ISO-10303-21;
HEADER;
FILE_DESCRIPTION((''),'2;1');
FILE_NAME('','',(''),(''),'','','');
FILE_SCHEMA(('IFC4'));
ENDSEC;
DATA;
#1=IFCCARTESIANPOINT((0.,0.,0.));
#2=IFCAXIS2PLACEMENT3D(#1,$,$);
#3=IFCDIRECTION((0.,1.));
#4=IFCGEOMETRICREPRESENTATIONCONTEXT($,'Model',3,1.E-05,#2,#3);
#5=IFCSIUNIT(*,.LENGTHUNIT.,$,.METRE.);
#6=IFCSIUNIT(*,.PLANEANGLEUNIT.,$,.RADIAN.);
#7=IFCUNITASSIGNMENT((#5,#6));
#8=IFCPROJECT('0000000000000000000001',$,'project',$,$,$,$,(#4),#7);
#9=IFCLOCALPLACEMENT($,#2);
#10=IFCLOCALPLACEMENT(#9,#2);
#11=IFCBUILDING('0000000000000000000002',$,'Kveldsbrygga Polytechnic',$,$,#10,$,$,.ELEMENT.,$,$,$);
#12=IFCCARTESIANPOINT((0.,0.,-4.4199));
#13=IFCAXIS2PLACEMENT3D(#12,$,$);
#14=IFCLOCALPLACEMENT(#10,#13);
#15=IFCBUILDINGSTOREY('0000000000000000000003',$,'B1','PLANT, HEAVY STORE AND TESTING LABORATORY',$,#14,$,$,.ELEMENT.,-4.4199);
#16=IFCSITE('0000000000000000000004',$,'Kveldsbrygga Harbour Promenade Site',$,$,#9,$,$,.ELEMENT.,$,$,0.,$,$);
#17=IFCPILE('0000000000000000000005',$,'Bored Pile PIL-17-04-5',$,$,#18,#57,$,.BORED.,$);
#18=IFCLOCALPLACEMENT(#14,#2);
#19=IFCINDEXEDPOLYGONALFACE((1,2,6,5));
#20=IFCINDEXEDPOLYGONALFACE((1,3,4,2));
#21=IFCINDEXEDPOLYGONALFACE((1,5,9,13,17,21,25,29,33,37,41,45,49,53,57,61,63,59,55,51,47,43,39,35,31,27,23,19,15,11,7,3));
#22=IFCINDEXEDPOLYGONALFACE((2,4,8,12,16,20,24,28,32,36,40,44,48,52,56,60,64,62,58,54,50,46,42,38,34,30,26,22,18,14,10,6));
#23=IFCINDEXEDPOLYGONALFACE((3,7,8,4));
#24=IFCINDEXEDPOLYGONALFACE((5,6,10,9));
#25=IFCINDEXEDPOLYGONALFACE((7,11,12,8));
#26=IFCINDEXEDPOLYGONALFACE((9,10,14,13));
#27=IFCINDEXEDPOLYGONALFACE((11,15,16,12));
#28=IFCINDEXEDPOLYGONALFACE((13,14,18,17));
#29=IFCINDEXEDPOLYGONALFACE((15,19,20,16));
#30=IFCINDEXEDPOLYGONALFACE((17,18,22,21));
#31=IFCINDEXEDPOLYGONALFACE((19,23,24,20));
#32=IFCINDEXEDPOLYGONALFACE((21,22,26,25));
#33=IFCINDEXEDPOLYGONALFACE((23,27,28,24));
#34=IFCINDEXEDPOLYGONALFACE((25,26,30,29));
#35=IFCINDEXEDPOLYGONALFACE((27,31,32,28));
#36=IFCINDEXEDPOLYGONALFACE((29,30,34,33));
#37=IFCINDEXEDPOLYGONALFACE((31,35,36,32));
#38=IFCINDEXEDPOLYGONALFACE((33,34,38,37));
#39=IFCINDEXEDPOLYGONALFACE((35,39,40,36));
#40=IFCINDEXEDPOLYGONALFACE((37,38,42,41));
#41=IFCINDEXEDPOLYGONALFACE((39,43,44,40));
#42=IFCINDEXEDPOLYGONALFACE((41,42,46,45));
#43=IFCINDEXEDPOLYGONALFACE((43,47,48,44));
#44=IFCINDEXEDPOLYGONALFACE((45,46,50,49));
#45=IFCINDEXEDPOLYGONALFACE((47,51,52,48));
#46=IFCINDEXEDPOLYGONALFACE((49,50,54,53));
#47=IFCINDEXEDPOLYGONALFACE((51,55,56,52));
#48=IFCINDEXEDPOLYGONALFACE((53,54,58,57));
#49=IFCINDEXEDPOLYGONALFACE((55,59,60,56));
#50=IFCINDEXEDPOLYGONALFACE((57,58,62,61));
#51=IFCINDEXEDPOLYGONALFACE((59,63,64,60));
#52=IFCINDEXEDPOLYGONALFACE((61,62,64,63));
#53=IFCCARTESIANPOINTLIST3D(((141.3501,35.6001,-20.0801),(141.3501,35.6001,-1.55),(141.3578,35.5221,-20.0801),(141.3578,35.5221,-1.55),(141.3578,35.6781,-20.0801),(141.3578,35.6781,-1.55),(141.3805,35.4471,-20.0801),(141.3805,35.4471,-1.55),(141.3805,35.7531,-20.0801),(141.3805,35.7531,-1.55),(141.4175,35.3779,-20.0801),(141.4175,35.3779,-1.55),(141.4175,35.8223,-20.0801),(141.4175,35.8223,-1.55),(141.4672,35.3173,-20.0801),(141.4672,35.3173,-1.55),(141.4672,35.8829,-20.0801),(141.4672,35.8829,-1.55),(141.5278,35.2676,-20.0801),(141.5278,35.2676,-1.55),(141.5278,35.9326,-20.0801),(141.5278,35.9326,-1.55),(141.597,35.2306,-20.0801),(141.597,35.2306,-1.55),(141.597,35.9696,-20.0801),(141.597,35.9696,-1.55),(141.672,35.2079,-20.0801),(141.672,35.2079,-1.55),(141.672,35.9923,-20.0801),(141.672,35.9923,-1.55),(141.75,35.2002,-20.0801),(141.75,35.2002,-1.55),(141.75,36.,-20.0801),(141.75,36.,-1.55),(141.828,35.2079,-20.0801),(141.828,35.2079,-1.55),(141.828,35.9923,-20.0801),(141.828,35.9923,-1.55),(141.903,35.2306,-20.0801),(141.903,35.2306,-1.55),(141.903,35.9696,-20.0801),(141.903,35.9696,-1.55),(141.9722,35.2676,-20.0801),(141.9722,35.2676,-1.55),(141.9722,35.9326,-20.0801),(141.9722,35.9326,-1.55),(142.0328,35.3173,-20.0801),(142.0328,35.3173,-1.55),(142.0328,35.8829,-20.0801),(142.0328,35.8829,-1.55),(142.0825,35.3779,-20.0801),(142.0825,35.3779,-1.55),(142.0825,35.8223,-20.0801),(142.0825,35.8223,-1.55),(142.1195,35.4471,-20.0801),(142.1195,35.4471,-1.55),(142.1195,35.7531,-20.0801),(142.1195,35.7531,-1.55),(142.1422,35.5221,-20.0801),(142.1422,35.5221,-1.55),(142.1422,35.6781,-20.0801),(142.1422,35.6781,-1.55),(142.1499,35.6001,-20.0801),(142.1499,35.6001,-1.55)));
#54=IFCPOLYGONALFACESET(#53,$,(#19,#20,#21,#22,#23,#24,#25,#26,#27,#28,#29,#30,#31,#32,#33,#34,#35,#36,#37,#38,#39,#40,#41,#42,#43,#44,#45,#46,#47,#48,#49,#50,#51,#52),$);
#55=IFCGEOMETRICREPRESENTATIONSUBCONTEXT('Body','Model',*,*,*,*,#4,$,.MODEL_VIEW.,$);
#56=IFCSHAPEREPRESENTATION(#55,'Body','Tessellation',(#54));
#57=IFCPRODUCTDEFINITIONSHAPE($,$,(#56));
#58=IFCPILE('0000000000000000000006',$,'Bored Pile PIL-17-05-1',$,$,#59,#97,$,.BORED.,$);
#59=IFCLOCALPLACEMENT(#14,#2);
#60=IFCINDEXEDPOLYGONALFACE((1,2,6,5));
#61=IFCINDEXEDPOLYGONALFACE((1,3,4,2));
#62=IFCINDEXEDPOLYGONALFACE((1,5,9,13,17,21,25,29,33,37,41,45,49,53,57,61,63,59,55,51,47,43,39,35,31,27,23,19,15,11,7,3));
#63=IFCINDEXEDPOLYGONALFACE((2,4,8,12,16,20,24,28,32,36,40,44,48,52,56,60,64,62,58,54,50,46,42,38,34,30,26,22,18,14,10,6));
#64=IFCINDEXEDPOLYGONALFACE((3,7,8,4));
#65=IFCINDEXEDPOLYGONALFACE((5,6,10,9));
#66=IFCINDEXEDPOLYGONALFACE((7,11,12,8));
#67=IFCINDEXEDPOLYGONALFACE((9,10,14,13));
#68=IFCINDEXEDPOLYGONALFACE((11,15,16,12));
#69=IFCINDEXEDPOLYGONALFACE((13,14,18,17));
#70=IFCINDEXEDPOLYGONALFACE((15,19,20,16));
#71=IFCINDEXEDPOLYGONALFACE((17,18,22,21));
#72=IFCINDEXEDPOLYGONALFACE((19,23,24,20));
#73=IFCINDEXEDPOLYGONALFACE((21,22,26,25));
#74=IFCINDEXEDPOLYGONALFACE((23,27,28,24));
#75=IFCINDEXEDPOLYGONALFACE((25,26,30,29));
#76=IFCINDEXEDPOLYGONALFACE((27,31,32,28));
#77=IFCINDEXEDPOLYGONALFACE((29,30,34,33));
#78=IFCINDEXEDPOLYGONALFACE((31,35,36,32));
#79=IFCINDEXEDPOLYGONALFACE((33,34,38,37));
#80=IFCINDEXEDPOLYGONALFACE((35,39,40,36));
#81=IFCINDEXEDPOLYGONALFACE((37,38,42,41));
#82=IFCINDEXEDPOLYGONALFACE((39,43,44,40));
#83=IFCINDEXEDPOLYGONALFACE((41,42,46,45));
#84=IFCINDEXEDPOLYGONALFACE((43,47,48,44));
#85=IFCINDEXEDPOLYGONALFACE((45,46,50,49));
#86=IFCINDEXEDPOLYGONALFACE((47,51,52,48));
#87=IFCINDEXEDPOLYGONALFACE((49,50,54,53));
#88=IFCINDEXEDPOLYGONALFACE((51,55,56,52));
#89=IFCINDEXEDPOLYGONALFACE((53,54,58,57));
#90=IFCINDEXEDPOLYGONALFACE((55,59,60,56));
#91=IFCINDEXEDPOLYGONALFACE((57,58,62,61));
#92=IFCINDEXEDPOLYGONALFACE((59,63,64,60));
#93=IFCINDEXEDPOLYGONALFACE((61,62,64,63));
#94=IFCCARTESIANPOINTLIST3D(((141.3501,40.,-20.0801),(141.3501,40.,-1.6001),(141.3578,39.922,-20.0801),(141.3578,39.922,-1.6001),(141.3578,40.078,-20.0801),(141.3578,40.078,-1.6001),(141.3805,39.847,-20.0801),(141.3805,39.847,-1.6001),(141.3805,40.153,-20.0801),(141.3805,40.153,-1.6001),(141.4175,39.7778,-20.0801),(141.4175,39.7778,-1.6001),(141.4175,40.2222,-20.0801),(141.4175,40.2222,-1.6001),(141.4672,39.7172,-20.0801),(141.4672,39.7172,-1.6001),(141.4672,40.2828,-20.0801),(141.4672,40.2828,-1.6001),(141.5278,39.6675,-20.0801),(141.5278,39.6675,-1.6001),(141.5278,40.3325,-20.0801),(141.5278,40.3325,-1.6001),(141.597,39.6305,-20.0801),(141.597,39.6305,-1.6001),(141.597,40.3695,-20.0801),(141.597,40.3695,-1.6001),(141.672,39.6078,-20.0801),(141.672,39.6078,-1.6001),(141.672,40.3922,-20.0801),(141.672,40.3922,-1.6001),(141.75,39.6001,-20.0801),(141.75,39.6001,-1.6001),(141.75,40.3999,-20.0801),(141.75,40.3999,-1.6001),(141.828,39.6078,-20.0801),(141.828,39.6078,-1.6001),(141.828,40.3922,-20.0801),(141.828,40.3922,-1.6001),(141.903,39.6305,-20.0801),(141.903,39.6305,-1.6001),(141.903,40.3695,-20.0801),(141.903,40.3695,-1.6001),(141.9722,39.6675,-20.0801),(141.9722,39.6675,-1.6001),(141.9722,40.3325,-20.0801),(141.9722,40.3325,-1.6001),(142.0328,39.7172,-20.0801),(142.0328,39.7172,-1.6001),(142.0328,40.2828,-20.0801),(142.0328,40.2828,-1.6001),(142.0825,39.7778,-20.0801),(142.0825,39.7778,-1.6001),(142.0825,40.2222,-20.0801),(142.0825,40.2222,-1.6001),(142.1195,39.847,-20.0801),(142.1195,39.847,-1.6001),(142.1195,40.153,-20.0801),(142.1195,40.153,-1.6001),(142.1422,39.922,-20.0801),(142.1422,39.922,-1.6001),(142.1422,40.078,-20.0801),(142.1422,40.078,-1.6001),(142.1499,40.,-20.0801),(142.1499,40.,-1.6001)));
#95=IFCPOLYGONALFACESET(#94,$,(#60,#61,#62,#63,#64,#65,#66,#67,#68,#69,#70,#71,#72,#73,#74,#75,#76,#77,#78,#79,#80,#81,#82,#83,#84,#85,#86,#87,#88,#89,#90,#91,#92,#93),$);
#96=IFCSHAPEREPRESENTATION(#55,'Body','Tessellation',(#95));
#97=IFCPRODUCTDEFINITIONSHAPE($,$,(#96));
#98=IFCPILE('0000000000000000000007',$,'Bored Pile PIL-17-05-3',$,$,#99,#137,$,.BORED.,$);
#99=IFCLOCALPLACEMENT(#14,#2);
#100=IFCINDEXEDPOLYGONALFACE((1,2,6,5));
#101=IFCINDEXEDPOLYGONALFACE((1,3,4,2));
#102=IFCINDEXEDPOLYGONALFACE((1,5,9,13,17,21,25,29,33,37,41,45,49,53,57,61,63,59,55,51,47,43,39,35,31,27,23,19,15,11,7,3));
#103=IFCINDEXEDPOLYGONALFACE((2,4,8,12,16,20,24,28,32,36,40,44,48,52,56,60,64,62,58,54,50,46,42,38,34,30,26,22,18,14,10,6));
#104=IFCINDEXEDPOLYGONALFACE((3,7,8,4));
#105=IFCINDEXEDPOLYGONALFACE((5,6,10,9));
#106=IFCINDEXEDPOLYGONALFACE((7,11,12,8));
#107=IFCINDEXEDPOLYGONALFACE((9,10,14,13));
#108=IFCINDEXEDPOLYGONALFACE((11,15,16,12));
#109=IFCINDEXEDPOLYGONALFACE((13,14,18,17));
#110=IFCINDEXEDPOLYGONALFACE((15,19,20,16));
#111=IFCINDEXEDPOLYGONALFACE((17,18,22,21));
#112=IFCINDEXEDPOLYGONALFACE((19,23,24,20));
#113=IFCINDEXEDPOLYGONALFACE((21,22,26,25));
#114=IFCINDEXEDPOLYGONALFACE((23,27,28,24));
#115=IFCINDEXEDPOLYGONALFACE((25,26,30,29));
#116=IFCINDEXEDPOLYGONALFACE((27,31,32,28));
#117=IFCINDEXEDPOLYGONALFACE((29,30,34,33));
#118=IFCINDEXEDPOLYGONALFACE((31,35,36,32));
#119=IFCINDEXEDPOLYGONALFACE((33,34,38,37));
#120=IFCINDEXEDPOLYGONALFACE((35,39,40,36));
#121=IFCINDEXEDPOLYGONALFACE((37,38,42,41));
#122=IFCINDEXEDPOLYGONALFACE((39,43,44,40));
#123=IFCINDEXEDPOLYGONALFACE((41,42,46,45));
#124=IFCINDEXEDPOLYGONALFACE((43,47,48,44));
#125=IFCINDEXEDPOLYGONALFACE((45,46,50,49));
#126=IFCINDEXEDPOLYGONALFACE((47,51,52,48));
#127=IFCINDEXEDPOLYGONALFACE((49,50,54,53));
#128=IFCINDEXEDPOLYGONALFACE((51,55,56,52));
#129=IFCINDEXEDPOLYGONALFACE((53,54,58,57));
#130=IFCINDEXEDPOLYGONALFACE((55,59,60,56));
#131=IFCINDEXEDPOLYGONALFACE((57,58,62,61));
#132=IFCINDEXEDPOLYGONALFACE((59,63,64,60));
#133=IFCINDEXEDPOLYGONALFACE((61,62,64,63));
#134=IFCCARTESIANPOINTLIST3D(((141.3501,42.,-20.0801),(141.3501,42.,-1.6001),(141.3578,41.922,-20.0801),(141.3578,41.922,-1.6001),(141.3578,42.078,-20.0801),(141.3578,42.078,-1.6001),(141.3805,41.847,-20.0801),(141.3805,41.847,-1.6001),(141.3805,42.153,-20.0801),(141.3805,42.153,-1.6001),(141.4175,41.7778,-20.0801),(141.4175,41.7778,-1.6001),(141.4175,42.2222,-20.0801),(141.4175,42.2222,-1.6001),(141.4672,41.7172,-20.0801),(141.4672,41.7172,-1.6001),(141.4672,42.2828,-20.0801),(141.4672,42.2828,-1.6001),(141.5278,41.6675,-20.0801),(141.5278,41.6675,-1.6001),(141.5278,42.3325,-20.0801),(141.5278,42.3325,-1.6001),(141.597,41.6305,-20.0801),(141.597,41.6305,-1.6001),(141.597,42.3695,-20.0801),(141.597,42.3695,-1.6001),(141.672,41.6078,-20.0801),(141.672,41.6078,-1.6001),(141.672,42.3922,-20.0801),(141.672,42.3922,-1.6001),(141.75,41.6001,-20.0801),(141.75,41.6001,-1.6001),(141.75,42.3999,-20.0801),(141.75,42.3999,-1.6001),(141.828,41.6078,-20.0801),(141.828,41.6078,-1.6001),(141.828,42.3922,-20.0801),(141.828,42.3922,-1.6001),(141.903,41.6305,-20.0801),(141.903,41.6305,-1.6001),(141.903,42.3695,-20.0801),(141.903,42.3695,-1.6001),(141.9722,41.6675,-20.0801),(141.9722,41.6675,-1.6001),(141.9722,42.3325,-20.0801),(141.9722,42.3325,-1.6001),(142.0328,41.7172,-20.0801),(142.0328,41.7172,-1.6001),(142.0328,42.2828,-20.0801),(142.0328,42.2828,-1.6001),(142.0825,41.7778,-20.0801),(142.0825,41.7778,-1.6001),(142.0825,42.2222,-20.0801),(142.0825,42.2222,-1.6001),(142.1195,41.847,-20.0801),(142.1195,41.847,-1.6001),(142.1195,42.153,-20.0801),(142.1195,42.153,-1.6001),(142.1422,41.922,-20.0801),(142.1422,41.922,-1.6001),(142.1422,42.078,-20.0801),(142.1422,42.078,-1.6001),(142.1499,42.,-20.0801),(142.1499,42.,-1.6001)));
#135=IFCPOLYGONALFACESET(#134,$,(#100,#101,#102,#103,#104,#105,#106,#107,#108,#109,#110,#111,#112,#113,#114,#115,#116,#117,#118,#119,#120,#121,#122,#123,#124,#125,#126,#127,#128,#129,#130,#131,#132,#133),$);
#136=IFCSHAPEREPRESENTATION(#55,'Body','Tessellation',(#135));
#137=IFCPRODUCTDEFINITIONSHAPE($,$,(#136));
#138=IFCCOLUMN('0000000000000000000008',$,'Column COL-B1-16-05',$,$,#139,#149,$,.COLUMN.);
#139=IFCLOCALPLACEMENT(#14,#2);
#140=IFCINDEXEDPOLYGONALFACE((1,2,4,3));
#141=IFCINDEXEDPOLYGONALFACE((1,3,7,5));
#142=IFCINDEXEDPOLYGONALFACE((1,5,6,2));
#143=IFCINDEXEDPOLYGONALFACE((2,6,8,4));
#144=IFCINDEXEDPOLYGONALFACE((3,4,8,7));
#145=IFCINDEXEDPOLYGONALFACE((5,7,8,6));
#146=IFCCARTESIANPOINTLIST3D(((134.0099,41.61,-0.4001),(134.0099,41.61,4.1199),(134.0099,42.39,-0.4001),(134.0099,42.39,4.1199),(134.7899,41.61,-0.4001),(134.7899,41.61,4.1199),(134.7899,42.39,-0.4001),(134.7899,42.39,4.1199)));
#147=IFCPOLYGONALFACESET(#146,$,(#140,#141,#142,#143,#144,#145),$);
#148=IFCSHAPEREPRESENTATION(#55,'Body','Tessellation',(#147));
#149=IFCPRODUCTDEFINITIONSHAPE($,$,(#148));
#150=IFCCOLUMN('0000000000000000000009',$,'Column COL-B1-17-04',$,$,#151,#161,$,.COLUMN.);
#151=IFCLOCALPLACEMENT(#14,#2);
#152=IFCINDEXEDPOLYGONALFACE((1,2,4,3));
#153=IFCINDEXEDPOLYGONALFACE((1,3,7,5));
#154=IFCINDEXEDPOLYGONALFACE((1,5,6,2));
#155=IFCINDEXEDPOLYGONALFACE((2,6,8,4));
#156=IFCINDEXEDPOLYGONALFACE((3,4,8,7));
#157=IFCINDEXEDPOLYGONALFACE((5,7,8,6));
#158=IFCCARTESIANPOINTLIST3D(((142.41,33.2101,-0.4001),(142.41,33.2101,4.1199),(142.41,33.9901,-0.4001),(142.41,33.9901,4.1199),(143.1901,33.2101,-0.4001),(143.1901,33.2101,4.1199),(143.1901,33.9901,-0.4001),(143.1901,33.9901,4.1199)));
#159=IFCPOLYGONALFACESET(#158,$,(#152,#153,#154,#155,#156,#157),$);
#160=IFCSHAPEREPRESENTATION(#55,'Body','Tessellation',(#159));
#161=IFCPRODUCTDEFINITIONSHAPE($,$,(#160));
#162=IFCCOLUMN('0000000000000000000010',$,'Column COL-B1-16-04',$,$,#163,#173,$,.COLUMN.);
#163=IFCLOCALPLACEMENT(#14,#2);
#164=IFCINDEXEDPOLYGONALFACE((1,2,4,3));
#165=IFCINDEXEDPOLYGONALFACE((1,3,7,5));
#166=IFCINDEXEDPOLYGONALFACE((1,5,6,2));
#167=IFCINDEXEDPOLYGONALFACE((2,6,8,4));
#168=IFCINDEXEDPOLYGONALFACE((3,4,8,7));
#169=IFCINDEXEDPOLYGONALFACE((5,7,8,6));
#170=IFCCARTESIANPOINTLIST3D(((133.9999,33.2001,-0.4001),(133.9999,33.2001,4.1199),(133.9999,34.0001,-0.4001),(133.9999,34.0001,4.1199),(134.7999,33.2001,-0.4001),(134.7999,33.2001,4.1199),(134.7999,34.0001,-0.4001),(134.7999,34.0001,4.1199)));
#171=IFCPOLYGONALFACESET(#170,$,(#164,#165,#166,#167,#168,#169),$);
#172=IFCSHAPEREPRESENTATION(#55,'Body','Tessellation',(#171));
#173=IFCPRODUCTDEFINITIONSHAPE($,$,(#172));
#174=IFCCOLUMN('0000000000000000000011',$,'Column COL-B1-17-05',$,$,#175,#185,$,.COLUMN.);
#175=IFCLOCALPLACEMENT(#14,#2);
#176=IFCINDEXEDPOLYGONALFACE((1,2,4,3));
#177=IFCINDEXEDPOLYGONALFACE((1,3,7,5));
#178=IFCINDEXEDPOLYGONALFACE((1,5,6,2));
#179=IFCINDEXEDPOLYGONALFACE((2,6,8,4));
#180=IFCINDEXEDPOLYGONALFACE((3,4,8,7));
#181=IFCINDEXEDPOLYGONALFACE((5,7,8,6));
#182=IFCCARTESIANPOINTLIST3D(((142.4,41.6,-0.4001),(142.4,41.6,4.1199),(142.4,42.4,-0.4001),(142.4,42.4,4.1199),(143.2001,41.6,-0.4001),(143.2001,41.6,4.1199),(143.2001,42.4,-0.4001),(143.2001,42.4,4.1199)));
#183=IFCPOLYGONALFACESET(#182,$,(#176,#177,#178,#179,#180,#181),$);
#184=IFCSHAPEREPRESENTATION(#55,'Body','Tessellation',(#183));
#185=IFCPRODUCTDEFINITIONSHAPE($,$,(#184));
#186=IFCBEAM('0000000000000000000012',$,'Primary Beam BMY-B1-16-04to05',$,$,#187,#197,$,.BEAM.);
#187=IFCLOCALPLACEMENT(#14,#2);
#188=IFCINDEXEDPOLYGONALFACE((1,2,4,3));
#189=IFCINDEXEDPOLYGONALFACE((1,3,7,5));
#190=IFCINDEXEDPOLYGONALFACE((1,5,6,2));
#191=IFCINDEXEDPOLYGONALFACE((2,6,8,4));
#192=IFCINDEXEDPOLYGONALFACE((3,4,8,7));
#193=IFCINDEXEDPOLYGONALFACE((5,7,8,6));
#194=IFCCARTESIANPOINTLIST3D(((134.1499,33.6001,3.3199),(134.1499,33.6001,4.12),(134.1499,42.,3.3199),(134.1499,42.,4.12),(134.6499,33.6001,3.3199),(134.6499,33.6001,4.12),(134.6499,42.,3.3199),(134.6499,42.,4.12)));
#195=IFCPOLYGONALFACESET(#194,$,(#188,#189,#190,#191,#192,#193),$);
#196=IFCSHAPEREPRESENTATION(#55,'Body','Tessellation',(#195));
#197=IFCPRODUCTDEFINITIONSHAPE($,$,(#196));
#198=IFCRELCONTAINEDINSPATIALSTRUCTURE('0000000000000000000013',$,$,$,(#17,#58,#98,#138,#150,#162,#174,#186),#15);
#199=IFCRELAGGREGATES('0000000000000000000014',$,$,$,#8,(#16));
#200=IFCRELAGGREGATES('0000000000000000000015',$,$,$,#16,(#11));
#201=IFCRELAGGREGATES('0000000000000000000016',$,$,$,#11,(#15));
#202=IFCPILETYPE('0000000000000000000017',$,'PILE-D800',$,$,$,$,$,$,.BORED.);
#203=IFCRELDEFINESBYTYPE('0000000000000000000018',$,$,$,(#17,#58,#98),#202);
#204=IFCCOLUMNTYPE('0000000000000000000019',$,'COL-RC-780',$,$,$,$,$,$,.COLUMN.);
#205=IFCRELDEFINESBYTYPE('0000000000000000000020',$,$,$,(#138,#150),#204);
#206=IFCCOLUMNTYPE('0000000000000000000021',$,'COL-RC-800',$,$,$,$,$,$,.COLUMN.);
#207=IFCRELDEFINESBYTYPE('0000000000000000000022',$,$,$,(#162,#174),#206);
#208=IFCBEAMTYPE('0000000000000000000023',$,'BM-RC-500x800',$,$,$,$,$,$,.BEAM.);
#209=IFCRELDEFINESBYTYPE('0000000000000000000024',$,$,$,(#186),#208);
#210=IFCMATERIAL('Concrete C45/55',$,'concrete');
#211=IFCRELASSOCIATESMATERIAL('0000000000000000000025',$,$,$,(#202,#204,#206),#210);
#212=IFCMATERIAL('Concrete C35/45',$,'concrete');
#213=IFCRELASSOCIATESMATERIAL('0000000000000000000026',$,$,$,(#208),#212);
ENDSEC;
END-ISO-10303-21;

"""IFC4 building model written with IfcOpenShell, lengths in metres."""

from ifc_helpers import new_model, si_unit, direction, frame, origin, origin_2d, place, context, subcontext, project, spatial, rectangle, circle, extrude, material, material_profile, profile_set, type_object, element, save


model = new_model("IFC4")

# Units and contexts
model_context = context("Model", 3, precision=1e-05, world=origin(), true_north=direction((0.0, 1.0)))
body_context = subcontext(model_context, "Body", "Model", "MODEL_VIEW")
ifc_project = project(units=[si_unit("LENGTHUNIT", "METRE"), si_unit("PLANEANGLEUNIT", "RADIAN")], contexts=[model_context])

# Site, building, storey
site_placement = place(None, origin())
site = spatial("IfcSite", under=ifc_project, at=site_placement, Name="Kveldsbrygga Harbour Promenade Site", CompositionType="ELEMENT", RefElevation=0.0)
building_placement = place(site_placement, origin())
building = spatial("IfcBuilding", under=site, at=building_placement, Name="Kveldsbrygga Polytechnic", CompositionType="ELEMENT")
storey_placement = place(building_placement, frame((0.0, 0.0, -4.4199)))
storey = spatial("IfcBuildingStorey", under=building, at=storey_placement, Name="B1", Description="PLANT, HEAVY STORE AND TESTING LABORATORY", CompositionType="ELEMENT", Elevation=-4.4199)

# Shared definitions
ifc_material_1 = material(Name="Concrete C45/55", Category="concrete")

# Piles
ifc_material_profile_1 = material_profile(ifc_material_1, circle(Radius=0.3999, at=origin_2d()), Name="PILE D800")
ifc_profile_set_1 = profile_set([ifc_material_profile_1], Name="Concrete C45/55")
pile_type = type_object("IfcPileType", Name="PILE-D800", PredefinedType="BORED", material=ifc_profile_set_1)
for number, where, z_axis, x_axis, name in (
    (1, (141.75, 35.6001, -1.55), (0.0, 0.0, -1.0), (1.0, 0.0, 0.0), "Bored Pile PIL-17-04-5"),
):
    element("IfcPile", number, at=place(storey_placement, frame(where, z_axis=z_axis, x_axis=x_axis)), inside=storey, type_object=pile_type, Name=name, PredefinedType="BORED", context=body_context, shape_type="SweptSolid", body=[
        extrude(circle(Radius=0.3999, at=origin_2d()), origin(), (0.0, 0.0, 1.0), 18.53),
    ])
for number, where, z_axis, x_axis, name in (
    (2, (141.75, 40.0, -1.6001), (0.0, 0.0, -1.0), (1.0, 0.0, 0.0), "Bored Pile PIL-17-05-1"),
    (3, (141.75, 42.0, -1.6001), (0.0, 0.0, -1.0), (1.0, 0.0, 0.0), "Bored Pile PIL-17-05-3"),
):
    element("IfcPile", number, at=place(storey_placement, frame(where, z_axis=z_axis, x_axis=x_axis)), inside=storey, type_object=pile_type, Name=name, PredefinedType="BORED", context=body_context, shape_type="SweptSolid", body=[
        extrude(circle(Radius=0.3999, at=origin_2d()), origin(), (0.0, 0.0, 1.0), 18.48),
    ])

# Columns
ifc_material_profile_2 = material_profile(ifc_material_1, rectangle(XDim=0.78, YDim=0.78, at=origin_2d()), Name="RC 780x780")
ifc_profile_set_2 = profile_set([ifc_material_profile_2], Name="Concrete C45/55")
column_type_1 = type_object("IfcColumnType", Name="COL-RC-780", PredefinedType="COLUMN", material=ifc_profile_set_2)
for number, where, z_axis, x_axis, name in (
    (4, (134.3999, 42.0, -0.4001), (0.0, 0.0, 1.0), (1.0, 0.0, 0.0), "Column COL-B1-16-05"),
    (5, (142.8, 33.6001, -0.4001), (0.0, 0.0, 1.0), (1.0, 0.0, 0.0), "Column COL-B1-17-04"),
):
    element("IfcColumn", number, at=place(storey_placement, frame(where, z_axis=z_axis, x_axis=x_axis)), inside=storey, type_object=column_type_1, Name=name, PredefinedType="COLUMN", context=body_context, shape_type="SweptSolid", body=[
        extrude(rectangle(XDim=0.78, YDim=0.78, at=origin_2d()), origin(), (0.0, 0.0, 1.0), 4.52),
    ])
ifc_material_profile_3 = material_profile(ifc_material_1, rectangle(XDim=0.8, YDim=0.8, at=origin_2d()), Name="RC 800x800")
ifc_profile_set_3 = profile_set([ifc_material_profile_3], Name="Concrete C45/55")
column_type_2 = type_object("IfcColumnType", Name="COL-RC-800", PredefinedType="COLUMN", material=ifc_profile_set_3)
for number, where, z_axis, x_axis, name in (
    (6, (134.3999, 33.6001, -0.4001), (0.0, 0.0, 1.0), (1.0, 0.0, 0.0), "Column COL-B1-16-04"),
    (7, (142.8, 42.0, -0.4001), (0.0, 0.0, 1.0), (1.0, 0.0, 0.0), "Column COL-B1-17-05"),
):
    element("IfcColumn", number, at=place(storey_placement, frame(where, z_axis=z_axis, x_axis=x_axis)), inside=storey, type_object=column_type_2, Name=name, PredefinedType="COLUMN", context=body_context, shape_type="SweptSolid", body=[
        extrude(rectangle(XDim=0.8, YDim=0.8, at=origin_2d()), origin(), (0.0, 0.0, 1.0), 4.52),
    ])

# Beam
ifc_material_2 = material(Name="Concrete C35/45", Category="concrete")
ifc_material_profile_4 = material_profile(ifc_material_2, rectangle(XDim=0.5, YDim=0.8, at=origin_2d()), Name="RC 500x800")
ifc_profile_set_4 = profile_set([ifc_material_profile_4], Name="Concrete C35/45")
beam_type_1 = type_object("IfcBeamType", Name="BM-RC-500x800", PredefinedType="BEAM", material=ifc_profile_set_4)
for number, where, z_axis, x_axis, name in (
    (8, (134.3999, 33.6001, 3.72), (0.0, 1.0, 0.0), (-1.0, 0.0, 0.0), "Primary Beam BMY-B1-16-04to05"),
):
    element("IfcBeam", number, at=place(storey_placement, frame(where, z_axis=z_axis, x_axis=x_axis)), inside=storey, type_object=beam_type_1, Name=name, PredefinedType="BEAM", context=body_context, shape_type="SweptSolid", body=[
        extrude(rectangle(XDim=0.5, YDim=0.8, at=origin_2d()), origin(), (0.0, 0.0, 1.0), 8.3999),
    ])

save(model, "model.ifc")
